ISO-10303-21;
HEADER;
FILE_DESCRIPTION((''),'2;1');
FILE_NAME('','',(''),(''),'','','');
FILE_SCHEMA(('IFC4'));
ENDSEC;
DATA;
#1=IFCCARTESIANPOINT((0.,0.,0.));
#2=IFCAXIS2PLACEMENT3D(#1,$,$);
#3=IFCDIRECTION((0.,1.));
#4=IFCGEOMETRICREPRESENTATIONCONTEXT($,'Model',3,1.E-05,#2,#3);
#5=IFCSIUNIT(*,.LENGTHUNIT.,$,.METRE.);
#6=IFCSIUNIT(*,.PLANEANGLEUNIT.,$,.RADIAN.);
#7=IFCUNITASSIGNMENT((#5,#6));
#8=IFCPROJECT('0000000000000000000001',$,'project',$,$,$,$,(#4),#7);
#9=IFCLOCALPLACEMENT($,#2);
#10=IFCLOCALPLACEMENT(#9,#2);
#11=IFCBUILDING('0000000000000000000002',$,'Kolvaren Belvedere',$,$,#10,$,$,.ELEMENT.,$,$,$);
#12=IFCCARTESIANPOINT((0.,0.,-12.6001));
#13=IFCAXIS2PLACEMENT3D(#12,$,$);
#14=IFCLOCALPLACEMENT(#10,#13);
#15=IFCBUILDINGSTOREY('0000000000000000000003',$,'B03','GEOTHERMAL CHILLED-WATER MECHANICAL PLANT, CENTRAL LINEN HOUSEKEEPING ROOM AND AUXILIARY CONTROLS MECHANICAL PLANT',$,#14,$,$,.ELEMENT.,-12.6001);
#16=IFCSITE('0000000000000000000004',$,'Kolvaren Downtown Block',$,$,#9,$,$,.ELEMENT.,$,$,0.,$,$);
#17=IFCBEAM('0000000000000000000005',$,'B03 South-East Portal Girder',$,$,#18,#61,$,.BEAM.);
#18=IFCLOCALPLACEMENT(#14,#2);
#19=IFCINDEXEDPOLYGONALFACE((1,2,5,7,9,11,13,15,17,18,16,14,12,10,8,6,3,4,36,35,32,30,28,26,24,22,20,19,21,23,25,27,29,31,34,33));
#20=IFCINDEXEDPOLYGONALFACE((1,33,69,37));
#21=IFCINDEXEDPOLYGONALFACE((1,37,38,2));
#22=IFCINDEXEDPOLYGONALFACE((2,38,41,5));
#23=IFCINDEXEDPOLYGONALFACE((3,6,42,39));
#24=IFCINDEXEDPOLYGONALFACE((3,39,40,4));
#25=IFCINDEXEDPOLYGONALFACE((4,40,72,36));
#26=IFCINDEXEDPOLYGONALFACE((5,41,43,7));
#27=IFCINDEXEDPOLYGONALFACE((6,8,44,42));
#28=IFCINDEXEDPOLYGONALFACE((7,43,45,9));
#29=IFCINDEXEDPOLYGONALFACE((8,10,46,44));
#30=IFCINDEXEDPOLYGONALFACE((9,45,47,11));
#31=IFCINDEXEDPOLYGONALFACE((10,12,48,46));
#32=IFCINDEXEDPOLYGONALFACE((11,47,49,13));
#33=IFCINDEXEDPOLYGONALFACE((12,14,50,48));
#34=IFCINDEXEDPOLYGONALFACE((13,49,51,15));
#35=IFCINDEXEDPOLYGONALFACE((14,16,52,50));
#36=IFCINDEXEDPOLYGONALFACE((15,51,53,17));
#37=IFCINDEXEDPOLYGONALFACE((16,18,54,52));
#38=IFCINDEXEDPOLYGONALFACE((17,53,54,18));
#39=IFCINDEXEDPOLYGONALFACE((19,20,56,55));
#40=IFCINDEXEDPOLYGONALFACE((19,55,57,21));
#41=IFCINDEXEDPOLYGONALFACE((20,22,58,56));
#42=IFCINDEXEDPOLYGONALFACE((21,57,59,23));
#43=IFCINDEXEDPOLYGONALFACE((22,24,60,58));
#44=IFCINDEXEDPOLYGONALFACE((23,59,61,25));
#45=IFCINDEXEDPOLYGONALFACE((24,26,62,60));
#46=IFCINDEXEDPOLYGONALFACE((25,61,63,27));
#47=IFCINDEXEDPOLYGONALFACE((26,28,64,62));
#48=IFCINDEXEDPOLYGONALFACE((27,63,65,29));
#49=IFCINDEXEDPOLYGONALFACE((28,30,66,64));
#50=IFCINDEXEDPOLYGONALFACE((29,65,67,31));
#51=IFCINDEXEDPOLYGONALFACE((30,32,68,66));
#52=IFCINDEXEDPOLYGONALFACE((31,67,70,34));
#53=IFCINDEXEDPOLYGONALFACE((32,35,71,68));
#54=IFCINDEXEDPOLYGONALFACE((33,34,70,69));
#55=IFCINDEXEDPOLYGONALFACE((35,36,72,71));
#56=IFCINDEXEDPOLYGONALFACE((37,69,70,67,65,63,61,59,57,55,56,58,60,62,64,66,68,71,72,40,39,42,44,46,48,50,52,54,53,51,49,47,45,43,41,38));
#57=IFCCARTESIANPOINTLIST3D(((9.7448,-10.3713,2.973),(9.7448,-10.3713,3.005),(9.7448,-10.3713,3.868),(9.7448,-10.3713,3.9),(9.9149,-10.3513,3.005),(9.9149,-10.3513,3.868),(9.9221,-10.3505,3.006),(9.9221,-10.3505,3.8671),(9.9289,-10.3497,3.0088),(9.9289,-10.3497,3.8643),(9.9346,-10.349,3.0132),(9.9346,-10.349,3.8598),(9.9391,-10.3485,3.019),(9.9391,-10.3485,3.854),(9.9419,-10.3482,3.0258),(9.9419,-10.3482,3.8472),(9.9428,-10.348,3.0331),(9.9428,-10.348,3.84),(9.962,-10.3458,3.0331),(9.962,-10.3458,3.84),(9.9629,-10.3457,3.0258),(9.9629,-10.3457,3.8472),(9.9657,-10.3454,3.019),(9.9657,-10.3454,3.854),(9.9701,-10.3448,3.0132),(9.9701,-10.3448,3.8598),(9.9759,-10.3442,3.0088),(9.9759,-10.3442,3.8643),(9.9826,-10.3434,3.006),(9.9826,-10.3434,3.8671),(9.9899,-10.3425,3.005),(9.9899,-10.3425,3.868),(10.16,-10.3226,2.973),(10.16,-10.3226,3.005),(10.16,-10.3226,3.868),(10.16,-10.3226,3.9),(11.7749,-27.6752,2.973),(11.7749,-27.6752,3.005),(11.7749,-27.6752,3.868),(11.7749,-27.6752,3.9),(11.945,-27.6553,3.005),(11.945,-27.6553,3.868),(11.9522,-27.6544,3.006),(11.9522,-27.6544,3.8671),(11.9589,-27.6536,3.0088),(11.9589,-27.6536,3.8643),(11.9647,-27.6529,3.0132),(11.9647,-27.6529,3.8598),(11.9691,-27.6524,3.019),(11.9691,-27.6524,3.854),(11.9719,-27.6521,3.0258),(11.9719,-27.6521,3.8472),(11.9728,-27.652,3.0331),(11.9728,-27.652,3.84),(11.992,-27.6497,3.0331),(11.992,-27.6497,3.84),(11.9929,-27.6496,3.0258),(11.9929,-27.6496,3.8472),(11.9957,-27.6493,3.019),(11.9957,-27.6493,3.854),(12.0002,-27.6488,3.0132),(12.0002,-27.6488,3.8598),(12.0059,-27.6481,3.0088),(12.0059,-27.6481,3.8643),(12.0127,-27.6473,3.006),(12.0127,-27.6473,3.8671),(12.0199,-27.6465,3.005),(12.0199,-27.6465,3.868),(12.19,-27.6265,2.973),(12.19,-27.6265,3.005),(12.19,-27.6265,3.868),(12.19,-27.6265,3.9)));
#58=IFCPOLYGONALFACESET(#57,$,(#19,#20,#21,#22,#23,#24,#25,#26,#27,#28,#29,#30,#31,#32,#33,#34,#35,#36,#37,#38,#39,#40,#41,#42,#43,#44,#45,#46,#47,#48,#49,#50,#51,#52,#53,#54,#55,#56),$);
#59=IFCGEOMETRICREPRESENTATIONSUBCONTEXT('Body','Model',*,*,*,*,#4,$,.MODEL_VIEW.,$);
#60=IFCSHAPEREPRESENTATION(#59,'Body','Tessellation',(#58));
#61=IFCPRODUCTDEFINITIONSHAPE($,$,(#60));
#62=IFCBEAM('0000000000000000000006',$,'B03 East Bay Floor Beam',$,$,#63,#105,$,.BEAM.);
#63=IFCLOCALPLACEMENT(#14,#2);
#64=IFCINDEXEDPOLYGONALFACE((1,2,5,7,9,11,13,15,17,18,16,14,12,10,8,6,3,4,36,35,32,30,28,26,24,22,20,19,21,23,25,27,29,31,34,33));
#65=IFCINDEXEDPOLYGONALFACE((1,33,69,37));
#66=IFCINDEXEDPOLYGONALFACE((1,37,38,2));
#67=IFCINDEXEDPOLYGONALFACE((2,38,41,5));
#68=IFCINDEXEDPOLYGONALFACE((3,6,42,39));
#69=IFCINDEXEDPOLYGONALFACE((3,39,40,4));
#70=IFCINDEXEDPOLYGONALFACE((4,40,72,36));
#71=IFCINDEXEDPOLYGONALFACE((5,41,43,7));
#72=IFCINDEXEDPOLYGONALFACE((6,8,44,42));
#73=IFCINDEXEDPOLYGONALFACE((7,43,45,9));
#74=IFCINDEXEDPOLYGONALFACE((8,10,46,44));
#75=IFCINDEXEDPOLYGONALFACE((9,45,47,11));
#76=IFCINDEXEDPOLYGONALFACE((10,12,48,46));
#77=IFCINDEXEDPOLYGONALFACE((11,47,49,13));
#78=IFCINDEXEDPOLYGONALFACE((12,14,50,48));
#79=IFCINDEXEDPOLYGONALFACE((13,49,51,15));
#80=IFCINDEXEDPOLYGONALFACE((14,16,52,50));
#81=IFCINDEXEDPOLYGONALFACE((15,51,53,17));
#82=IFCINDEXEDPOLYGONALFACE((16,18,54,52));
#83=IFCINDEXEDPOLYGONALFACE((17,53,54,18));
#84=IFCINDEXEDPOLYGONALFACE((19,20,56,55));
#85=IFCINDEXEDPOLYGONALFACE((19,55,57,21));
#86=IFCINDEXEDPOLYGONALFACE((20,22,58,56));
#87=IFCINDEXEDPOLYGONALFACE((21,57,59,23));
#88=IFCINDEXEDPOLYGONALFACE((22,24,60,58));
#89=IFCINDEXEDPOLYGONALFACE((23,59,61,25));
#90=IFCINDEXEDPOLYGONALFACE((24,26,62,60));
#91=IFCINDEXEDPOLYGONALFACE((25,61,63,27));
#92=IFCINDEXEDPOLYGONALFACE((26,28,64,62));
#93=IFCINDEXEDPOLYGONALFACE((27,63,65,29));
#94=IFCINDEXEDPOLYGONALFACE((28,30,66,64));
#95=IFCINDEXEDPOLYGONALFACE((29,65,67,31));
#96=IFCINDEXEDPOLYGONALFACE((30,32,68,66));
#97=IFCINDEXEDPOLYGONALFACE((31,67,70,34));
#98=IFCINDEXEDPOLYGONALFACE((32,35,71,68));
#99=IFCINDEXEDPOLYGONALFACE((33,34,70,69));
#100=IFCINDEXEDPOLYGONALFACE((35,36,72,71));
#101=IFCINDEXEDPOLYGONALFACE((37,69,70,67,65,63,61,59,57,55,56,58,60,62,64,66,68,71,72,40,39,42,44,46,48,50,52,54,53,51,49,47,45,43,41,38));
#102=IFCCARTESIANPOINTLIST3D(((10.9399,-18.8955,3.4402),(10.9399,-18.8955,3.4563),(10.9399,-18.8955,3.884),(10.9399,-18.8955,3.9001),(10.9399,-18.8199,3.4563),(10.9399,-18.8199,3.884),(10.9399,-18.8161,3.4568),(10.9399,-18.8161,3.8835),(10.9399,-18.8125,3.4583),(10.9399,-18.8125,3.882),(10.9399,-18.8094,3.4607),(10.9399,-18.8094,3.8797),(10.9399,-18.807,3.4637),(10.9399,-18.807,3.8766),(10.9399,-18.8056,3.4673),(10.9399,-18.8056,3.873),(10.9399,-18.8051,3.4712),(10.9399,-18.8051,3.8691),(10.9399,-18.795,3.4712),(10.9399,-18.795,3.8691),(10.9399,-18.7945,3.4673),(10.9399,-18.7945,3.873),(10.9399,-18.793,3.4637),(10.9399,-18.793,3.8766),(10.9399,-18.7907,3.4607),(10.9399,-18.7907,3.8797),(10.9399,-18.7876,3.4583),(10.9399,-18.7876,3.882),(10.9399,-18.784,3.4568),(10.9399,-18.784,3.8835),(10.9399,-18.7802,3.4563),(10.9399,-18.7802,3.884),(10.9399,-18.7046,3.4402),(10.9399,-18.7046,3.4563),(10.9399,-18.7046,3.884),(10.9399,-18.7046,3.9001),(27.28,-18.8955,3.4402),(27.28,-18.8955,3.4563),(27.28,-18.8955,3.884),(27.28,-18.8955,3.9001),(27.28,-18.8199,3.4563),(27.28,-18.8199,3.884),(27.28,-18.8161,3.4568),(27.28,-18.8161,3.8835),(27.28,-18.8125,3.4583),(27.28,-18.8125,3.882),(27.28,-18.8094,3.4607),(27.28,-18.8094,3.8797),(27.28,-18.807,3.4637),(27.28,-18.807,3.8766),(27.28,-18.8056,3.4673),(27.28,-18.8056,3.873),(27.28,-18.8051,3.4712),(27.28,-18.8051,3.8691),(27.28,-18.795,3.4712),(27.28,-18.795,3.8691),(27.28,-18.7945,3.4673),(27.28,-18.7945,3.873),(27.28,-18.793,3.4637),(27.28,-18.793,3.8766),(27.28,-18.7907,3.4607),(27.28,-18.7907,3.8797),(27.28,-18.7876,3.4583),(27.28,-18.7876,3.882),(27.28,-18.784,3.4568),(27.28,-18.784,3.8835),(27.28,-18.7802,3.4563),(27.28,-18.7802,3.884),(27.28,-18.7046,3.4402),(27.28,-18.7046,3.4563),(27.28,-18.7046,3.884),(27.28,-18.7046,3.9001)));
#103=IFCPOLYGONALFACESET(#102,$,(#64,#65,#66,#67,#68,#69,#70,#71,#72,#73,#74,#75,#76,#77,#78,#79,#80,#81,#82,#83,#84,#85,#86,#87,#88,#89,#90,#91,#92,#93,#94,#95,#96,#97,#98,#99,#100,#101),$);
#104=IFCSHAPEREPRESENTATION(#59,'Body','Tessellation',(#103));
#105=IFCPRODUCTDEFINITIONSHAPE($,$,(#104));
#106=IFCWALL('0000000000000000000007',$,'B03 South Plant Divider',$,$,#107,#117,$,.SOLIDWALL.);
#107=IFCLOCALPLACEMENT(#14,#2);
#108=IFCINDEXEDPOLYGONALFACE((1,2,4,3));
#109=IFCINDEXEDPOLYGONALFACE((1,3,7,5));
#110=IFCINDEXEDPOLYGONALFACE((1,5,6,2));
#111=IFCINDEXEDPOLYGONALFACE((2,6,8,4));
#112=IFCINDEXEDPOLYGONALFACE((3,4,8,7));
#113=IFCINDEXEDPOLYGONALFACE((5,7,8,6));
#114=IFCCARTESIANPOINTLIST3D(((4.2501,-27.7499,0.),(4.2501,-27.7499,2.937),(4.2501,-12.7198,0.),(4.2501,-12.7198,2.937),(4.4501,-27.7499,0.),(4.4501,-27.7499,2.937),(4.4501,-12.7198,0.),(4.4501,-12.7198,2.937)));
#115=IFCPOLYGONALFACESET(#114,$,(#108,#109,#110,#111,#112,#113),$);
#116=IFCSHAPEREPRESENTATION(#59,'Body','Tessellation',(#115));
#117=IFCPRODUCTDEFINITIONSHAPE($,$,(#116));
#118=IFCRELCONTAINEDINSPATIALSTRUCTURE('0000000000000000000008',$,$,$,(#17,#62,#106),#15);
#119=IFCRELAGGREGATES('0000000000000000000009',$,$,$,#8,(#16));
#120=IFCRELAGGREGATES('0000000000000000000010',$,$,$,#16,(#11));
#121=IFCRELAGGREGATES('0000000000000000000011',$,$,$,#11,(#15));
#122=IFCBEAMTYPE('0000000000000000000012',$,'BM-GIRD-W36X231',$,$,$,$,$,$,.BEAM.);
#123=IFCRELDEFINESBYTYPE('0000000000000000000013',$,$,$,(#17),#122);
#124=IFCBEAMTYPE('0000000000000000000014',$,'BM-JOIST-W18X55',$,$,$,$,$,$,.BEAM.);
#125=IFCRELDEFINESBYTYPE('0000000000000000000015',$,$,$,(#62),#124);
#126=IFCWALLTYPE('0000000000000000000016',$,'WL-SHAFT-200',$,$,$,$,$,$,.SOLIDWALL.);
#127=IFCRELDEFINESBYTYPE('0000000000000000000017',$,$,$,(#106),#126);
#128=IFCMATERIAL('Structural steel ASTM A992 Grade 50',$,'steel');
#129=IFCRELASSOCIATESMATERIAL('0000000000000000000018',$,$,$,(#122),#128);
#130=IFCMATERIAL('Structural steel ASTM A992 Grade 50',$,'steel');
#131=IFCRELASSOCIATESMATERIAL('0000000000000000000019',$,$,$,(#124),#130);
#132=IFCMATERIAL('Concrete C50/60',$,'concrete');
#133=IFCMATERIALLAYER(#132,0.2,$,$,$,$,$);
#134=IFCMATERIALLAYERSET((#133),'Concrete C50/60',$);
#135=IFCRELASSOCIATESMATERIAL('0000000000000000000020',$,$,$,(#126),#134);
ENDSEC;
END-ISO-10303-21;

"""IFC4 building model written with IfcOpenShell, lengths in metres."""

from ifc_helpers import new_model, si_unit, direction, frame, frame_2d, origin, origin_2d, place, context, subcontext, project, spatial, rectangle, i_section, extrude, material, layer, layer_set, material_profile, profile_set, type_object, element, save


model = new_model("IFC4")

# Units and contexts
model_context = context("Model", 3, precision=1e-05, world=origin(), true_north=direction((0.0, 1.0)))
body_context = subcontext(model_context, "Body", "Model", "MODEL_VIEW")
ifc_project = project(units=[si_unit("LENGTHUNIT", "METRE"), si_unit("PLANEANGLEUNIT", "RADIAN")], contexts=[model_context])

# Site, building, storey
site_placement = place(None, origin())
site = spatial("IfcSite", under=ifc_project, at=site_placement, Name="Kolvaren Downtown Block", CompositionType="ELEMENT", RefElevation=0.0)
building_placement = place(site_placement, origin())
building = spatial("IfcBuilding", under=site, at=building_placement, Name="Kolvaren Belvedere", CompositionType="ELEMENT")
storey_placement = place(building_placement, frame((0.0, 0.0, -12.6001)))
storey = spatial("IfcBuildingStorey", under=building, at=storey_placement, Name="B03", Description="GEOTHERMAL CHILLED-WATER MECHANICAL PLANT, CENTRAL LINEN HOUSEKEEPING ROOM AND AUXILIARY CONTROLS MECHANICAL PLANT", CompositionType="ELEMENT", Elevation=-12.6001)

# Beams
ifc_material_1 = material(Name="Structural steel ASTM A992 Grade 50", Category="steel")
ifc_material_profile_1 = material_profile(ifc_material_1, i_section(OverallWidth=0.418, OverallDepth=0.927, WebThickness=0.0193, FlangeThickness=0.032, FilletRadius=0.0281, at=origin_2d()), Name="W36X231")
ifc_profile_set_1 = profile_set([ifc_material_profile_1], Name="Structural steel ASTM A992 Grade 50")
beam_type_1 = type_object("IfcBeamType", Name="BM-GIRD-W36X231", PredefinedType="BEAM", material=ifc_profile_set_1)
beam_1_placement = place(storey_placement, frame((9.9524, -10.3469, 3.4365), z_axis=(0.116517, -0.993189, 0.0), x_axis=(0.993189, 0.116517, 0.0)))
element("IfcBeam", 1, at=beam_1_placement, inside=storey, type_object=beam_type_1, Name="B03 South-East Portal Girder", PredefinedType="BEAM", context=body_context, shape_type="SweptSolid", body=[
    extrude(i_section(OverallWidth=0.418, OverallDepth=0.927, WebThickness=0.0193, FlangeThickness=0.032, FilletRadius=0.0281, at=origin_2d()), origin(), (0.0, 0.0, 1.0), 17.4226),
])
ifc_material_2 = material(Name="Structural steel ASTM A992 Grade 50", Category="steel")
ifc_material_profile_2 = material_profile(ifc_material_2, i_section(OverallWidth=0.1909, OverallDepth=0.46, WebThickness=0.01, FlangeThickness=0.0161, FilletRadius=0.0149, at=origin_2d()), Name="W18X55")
ifc_profile_set_2 = profile_set([ifc_material_profile_2], Name="Structural steel ASTM A992 Grade 50")
beam_type_2 = type_object("IfcBeamType", Name="BM-JOIST-W18X55", PredefinedType="BEAM", material=ifc_profile_set_2)
beam_2_placement = place(storey_placement, frame((10.9399, -18.8, 3.6702), z_axis=(1.0, 0.0, 0.0), x_axis=(0.0, 1.0, 0.0)))
element("IfcBeam", 2, at=beam_2_placement, inside=storey, type_object=beam_type_2, Name="B03 East Bay Floor Beam", PredefinedType="BEAM", context=body_context, shape_type="SweptSolid", body=[
    extrude(i_section(OverallWidth=0.1909, OverallDepth=0.46, WebThickness=0.01, FlangeThickness=0.0161, FilletRadius=0.0149, at=origin_2d()), origin(), (0.0, 0.0, 1.0), 16.3401),
])

# Wall
ifc_material_3 = material(Name="Concrete C50/60", Category="concrete")
ifc_layer = layer(ifc_material_3, 0.2)
ifc_layer_set = layer_set([ifc_layer], Name="Concrete C50/60")
wall_type = type_object("IfcWallType", Name="WL-SHAFT-200", PredefinedType="SOLIDWALL", material=ifc_layer_set)
wall_placement = place(storey_placement, frame((4.3501, -27.75, 0.0), z_axis=(0.0, 0.0, 1.0), x_axis=(0.0, 1.0, 0.0)))
element("IfcWall", 3, at=wall_placement, inside=storey, type_object=wall_type, Name="B03 South Plant Divider", PredefinedType="SOLIDWALL", context=body_context, shape_type="SweptSolid", body=[
    extrude(rectangle(XDim=15.03, YDim=0.2, at=frame_2d((7.5151, 0.0))), origin(), (0.0, 0.0, 1.0), 2.937),
])

save(model, "model.ifc")
